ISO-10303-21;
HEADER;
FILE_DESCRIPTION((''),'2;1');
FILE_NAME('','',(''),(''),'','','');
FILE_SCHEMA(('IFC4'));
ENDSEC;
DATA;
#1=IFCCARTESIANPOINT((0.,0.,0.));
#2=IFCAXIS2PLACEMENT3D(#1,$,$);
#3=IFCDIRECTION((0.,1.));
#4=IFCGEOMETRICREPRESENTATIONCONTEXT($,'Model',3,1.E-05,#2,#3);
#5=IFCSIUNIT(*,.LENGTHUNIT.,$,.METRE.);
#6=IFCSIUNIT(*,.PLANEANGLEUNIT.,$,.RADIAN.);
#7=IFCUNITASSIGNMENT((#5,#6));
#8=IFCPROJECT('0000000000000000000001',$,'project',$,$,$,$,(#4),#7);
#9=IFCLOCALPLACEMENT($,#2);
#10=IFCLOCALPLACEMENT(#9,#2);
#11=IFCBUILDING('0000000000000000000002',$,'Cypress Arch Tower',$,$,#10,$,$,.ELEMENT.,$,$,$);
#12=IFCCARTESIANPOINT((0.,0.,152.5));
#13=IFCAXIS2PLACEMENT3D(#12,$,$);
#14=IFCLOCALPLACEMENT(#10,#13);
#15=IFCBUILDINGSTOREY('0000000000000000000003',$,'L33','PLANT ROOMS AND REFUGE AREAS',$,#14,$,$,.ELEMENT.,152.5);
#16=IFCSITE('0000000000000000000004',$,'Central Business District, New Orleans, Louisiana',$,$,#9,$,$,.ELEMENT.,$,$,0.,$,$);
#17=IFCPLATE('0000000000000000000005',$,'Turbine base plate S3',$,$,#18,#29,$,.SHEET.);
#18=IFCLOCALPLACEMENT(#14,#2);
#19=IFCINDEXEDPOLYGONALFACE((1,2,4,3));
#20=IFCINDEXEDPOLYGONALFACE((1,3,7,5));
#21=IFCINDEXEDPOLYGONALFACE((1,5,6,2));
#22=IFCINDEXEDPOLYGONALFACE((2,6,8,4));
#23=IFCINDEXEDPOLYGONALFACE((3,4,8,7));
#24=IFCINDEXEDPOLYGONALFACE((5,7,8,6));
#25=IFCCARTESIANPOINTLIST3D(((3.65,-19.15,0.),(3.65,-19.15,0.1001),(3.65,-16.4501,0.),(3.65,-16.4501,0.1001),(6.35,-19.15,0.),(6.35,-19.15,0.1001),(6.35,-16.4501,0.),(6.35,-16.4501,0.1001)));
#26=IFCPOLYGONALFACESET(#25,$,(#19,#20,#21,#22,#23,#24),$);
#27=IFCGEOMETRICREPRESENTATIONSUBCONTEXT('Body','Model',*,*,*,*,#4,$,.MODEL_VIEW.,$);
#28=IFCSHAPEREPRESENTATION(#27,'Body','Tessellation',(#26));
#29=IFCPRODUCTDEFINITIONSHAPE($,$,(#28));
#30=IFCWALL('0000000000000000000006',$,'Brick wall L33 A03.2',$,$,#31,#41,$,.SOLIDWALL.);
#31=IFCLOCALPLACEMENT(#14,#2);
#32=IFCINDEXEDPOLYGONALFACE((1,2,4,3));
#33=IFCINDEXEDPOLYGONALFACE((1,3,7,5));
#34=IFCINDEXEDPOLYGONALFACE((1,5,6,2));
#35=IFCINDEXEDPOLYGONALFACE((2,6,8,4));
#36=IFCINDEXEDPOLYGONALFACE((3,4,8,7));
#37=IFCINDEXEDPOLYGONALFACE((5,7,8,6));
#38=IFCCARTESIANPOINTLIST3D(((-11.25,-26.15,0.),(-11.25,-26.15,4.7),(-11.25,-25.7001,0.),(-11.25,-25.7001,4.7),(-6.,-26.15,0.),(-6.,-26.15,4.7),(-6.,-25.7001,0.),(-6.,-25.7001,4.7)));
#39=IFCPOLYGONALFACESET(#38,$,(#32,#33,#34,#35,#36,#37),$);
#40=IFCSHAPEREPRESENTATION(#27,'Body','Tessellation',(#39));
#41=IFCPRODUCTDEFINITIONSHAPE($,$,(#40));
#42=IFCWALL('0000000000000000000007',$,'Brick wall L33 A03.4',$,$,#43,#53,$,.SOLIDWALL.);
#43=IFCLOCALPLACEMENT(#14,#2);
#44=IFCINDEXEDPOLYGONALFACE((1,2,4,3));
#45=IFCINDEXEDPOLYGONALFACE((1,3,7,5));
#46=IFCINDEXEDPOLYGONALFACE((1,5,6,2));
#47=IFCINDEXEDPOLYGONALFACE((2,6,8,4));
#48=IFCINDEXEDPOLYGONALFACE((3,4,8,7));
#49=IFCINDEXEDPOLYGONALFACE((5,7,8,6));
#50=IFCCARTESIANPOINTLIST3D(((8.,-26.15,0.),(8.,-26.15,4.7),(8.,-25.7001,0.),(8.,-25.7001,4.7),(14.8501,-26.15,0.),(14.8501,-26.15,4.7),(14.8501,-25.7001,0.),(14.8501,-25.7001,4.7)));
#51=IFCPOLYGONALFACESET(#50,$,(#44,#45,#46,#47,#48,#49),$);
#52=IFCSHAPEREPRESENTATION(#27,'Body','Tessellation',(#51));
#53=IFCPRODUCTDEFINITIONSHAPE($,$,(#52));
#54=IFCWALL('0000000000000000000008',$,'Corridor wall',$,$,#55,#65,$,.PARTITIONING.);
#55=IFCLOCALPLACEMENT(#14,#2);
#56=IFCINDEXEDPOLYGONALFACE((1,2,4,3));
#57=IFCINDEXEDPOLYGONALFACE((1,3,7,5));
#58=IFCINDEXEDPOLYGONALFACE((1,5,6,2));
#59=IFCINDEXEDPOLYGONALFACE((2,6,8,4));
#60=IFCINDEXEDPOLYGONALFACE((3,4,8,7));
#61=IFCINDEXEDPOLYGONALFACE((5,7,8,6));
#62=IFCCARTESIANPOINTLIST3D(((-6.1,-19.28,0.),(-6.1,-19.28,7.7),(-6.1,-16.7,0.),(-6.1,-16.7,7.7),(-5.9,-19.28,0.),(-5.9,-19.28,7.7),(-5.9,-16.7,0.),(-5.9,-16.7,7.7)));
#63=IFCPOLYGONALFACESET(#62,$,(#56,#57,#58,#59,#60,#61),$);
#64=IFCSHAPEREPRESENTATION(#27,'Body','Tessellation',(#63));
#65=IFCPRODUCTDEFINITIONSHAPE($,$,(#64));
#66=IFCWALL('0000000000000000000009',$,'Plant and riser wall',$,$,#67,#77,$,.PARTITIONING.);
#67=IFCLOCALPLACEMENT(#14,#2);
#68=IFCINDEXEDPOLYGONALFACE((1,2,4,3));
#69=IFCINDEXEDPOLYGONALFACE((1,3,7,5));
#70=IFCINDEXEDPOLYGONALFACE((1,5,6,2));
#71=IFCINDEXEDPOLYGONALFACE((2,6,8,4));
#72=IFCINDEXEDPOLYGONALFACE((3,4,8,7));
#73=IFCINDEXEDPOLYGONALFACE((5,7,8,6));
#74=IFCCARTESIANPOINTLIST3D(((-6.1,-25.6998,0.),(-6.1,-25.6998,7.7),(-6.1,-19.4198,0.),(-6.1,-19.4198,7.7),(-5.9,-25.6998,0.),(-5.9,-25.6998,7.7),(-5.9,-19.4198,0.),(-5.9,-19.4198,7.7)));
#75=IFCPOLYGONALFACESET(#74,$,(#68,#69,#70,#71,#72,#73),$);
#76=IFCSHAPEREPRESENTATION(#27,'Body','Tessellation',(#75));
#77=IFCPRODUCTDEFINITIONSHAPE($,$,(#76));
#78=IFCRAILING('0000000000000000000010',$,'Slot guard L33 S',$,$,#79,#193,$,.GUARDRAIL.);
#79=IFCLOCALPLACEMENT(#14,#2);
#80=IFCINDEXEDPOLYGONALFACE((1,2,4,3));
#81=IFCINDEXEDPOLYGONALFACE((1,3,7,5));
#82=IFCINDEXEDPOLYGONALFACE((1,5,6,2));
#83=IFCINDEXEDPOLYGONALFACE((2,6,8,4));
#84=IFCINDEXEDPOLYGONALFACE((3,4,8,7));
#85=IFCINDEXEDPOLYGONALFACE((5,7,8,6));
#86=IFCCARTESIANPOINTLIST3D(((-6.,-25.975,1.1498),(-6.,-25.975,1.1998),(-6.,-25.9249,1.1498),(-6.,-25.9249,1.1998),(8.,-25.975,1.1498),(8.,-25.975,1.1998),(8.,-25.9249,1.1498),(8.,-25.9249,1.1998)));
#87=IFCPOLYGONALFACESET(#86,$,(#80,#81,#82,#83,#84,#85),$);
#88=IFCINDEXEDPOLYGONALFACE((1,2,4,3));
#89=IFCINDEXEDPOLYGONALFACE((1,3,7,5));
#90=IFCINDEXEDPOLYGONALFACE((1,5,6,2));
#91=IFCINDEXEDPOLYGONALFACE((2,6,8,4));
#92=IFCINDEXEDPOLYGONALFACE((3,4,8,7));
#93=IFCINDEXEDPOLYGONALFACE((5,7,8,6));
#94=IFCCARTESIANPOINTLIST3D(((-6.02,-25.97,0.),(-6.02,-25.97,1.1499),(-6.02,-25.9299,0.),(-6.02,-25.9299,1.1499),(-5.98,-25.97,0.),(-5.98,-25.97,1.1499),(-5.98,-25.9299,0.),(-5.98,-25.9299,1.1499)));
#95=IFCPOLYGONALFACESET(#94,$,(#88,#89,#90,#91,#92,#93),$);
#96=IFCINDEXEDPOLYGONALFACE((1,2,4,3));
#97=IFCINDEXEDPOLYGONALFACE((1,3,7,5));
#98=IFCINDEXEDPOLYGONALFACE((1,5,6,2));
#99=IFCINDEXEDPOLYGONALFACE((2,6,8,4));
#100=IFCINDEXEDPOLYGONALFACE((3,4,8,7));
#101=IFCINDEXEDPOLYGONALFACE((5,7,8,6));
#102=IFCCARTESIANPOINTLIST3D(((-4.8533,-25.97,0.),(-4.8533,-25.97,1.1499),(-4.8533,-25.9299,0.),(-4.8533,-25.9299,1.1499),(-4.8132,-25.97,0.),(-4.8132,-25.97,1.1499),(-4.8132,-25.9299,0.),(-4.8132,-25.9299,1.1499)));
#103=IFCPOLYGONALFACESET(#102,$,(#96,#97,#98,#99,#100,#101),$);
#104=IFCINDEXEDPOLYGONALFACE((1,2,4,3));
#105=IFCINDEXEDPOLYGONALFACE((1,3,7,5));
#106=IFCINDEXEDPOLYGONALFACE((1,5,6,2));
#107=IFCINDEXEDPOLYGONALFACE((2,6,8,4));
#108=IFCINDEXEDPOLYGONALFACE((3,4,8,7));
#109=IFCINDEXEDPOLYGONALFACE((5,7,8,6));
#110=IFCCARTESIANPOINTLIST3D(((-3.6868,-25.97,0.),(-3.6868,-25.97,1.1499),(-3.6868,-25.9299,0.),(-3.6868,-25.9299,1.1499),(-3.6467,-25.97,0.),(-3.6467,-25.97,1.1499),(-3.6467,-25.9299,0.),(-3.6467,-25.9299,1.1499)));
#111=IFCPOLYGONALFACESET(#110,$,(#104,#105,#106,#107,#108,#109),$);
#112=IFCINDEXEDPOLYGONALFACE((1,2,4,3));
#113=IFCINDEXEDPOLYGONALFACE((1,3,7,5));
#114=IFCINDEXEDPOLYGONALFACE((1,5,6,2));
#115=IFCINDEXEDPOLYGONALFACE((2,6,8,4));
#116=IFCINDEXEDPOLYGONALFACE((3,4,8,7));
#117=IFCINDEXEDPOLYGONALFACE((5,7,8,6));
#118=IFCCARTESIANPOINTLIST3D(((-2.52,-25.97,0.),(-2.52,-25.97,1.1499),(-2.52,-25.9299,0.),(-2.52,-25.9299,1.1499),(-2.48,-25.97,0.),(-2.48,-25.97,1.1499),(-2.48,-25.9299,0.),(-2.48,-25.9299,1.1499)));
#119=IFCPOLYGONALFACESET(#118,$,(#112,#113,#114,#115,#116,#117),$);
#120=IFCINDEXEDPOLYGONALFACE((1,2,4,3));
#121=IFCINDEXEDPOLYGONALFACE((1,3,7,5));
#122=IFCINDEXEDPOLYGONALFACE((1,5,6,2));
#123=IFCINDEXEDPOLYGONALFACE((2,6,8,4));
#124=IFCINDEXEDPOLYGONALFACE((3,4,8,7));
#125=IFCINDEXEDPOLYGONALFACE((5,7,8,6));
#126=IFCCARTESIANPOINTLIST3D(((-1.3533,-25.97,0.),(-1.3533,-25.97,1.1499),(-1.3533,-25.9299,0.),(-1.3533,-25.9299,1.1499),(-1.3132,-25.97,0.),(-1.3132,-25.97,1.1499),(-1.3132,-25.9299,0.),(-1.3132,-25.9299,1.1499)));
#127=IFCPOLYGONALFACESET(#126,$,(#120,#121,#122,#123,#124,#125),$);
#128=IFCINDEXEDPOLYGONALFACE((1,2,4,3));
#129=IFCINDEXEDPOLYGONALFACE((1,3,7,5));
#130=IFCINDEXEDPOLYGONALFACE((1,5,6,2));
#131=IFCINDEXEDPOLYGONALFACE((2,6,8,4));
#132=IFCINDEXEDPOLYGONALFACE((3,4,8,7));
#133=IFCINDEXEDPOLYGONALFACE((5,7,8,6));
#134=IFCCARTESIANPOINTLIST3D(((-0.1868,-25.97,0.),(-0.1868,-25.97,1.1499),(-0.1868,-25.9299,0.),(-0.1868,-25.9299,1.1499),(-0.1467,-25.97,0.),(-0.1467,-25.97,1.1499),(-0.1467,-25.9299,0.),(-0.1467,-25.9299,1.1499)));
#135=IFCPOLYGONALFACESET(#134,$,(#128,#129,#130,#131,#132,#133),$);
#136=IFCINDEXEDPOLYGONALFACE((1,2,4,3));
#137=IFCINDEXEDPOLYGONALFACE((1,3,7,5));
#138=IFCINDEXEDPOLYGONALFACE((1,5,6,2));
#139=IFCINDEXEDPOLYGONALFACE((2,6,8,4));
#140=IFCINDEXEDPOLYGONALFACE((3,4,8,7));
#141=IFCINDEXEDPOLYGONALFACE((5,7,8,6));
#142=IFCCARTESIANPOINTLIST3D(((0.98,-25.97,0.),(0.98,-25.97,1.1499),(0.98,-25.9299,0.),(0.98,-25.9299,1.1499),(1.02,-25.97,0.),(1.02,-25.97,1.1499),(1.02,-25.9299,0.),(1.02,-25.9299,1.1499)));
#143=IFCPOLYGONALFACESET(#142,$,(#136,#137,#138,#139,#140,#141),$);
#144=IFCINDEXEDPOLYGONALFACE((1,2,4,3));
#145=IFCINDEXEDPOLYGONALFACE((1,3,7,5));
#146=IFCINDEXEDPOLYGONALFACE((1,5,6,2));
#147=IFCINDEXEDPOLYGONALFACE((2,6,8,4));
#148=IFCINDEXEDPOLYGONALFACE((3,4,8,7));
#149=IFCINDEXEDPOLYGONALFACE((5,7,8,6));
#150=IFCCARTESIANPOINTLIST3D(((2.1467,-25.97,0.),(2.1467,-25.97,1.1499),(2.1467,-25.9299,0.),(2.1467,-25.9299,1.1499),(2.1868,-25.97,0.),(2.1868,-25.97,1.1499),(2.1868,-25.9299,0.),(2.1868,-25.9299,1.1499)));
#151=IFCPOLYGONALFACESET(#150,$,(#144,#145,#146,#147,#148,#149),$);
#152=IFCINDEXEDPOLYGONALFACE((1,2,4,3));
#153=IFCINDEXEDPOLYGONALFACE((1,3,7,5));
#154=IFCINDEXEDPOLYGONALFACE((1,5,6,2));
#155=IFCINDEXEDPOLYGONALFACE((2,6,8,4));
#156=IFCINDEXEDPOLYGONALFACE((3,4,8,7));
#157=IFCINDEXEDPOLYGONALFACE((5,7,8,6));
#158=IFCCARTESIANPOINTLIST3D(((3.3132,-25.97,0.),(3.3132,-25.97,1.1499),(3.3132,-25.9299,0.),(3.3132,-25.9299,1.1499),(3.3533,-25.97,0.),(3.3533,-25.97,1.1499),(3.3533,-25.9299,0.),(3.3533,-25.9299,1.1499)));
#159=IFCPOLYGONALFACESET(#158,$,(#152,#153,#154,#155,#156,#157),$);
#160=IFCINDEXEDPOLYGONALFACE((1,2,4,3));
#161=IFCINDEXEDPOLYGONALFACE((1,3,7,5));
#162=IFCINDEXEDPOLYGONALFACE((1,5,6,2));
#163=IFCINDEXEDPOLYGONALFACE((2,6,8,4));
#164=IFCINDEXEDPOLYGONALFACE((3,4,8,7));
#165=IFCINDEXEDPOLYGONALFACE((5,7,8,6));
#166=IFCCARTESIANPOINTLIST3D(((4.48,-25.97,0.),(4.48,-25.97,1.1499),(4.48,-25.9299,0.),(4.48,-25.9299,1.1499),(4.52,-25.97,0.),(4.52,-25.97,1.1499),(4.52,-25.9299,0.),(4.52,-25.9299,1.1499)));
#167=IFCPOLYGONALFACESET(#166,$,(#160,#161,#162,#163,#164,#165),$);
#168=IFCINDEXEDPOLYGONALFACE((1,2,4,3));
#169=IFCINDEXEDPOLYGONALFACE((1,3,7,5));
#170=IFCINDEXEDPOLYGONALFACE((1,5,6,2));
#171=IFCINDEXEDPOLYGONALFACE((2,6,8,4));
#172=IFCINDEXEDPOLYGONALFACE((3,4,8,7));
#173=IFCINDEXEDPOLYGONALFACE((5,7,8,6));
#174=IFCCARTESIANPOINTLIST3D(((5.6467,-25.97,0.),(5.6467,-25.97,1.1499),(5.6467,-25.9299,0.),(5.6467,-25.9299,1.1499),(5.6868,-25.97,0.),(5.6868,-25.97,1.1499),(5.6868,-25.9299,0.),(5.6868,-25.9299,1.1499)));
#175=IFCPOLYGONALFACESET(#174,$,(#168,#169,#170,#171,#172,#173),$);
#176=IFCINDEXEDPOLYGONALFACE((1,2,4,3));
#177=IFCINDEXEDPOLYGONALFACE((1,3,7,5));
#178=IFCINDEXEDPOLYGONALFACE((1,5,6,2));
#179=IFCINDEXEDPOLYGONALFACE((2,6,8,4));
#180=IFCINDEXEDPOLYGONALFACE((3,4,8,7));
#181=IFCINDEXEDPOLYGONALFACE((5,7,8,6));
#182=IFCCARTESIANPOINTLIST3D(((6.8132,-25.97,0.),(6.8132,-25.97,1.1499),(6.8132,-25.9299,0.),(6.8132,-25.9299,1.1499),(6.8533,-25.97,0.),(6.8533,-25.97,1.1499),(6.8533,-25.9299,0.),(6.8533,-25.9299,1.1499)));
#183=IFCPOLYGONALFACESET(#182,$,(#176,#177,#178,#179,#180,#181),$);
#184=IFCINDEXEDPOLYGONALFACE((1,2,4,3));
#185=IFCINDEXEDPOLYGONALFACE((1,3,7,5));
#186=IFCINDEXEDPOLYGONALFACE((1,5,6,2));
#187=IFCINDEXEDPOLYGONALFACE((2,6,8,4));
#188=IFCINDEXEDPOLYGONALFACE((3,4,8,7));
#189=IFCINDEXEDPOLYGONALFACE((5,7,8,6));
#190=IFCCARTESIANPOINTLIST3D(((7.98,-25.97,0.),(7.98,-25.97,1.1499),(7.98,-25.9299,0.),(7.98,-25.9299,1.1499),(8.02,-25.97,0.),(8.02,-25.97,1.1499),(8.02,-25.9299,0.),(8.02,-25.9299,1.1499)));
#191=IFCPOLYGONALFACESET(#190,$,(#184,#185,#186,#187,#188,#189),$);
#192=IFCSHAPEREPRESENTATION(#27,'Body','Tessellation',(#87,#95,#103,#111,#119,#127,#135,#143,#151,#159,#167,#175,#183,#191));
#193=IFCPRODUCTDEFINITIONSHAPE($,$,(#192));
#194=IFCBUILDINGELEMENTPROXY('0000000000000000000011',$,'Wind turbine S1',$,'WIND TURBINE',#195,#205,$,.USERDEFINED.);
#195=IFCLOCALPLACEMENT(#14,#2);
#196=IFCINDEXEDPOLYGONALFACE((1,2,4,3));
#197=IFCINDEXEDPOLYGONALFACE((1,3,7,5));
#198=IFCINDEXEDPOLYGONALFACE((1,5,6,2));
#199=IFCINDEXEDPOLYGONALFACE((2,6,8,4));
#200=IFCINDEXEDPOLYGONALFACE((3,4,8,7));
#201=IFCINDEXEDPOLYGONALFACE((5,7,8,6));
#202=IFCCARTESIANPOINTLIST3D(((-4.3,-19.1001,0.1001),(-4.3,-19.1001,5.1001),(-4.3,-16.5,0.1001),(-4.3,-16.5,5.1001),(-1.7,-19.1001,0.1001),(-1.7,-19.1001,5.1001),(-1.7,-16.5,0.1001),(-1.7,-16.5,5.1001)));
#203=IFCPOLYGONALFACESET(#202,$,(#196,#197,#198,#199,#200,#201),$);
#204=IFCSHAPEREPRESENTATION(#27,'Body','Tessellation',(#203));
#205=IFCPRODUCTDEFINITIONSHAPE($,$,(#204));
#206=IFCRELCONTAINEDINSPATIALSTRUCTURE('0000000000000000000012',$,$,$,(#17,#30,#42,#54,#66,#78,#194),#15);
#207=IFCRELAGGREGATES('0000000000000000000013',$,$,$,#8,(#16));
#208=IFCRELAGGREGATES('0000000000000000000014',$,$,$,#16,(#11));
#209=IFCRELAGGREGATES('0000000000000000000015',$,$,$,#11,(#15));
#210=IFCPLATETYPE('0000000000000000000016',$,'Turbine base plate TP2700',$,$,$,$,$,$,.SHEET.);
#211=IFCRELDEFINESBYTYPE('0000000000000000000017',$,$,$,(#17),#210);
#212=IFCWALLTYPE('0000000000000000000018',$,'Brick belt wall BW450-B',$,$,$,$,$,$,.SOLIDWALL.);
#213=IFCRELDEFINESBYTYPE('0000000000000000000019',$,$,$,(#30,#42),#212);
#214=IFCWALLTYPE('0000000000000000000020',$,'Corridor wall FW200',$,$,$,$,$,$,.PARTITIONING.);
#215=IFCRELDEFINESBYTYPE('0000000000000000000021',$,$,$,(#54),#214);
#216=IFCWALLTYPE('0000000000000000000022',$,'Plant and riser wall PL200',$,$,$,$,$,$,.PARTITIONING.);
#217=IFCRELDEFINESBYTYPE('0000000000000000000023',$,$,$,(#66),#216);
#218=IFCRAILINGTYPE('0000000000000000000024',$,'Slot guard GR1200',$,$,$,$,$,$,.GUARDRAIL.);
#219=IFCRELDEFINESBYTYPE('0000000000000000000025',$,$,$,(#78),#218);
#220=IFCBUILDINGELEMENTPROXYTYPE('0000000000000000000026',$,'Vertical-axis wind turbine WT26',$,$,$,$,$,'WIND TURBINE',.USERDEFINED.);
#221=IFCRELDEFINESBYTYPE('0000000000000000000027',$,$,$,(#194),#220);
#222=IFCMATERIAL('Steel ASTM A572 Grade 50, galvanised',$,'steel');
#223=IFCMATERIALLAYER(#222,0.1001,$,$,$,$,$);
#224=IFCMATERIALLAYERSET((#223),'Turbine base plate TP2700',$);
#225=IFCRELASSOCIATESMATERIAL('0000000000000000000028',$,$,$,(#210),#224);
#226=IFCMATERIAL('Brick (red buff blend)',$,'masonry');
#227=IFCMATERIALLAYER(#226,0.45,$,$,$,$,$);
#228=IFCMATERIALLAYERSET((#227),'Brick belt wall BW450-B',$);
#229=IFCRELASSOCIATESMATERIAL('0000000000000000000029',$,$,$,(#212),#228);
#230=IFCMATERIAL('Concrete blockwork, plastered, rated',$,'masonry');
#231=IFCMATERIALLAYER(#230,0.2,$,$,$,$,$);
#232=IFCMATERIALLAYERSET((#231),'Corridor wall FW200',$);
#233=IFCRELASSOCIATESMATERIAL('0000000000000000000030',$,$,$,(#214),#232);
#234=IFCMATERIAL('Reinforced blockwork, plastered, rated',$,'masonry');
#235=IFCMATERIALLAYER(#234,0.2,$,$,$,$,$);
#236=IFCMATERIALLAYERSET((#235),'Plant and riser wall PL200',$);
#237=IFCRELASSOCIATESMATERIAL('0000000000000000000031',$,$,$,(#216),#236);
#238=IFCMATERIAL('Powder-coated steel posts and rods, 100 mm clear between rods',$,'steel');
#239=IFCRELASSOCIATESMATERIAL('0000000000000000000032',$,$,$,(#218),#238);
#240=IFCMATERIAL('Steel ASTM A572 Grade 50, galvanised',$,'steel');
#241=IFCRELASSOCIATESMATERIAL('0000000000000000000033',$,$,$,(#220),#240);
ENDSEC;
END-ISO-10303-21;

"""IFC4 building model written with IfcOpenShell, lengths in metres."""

from ifc_helpers import new_model, si_unit, direction, frame, frame_2d, origin, origin_2d, place, context, subcontext, project, spatial, rectangle, extrude, material, layer, layer_set, type_object, element, save


model = new_model("IFC4")

# Units and contexts
model_context = context("Model", 3, precision=1e-05, world=origin(), true_north=direction((0.0, 1.0)))
body_context = subcontext(model_context, "Body", "Model", "MODEL_VIEW")
ifc_project = project(units=[si_unit("LENGTHUNIT", "METRE"), si_unit("PLANEANGLEUNIT", "RADIAN")], contexts=[model_context])

# Site, building, storey
site_placement = place(None, origin())
site = spatial("IfcSite", under=ifc_project, at=site_placement, Name="Central Business District, New Orleans, Louisiana", CompositionType="ELEMENT", RefElevation=0.0)
building_placement = place(site_placement, origin())
building = spatial("IfcBuilding", under=site, at=building_placement, Name="Cypress Arch Tower", CompositionType="ELEMENT")
storey_placement = place(building_placement, frame((0.0, 0.0, 152.5)))
storey = spatial("IfcBuildingStorey", under=building, at=storey_placement, Name="L33", Description="PLANT ROOMS AND REFUGE AREAS", CompositionType="ELEMENT", Elevation=152.5)

# Plate
ifc_material_1 = material(Name="Steel ASTM A572 Grade 50, galvanised", Category="steel")
ifc_layer_1 = layer(ifc_material_1, 0.1001)
ifc_layer_set_1 = layer_set([ifc_layer_1], Name="Turbine base plate TP2700")
plate_type = type_object("IfcPlateType", Name="Turbine base plate TP2700", PredefinedType="SHEET", material=ifc_layer_set_1)
for number, where, z_axis, x_axis, name in (
    (1, (5.0, -17.8, 0.0), (0.0, 0.0, 1.0), (1.0, 0.0, 0.0), "Turbine base plate S3"),
):
    element("IfcPlate", number, at=place(storey_placement, frame(where, z_axis=z_axis, x_axis=x_axis)), inside=storey, type_object=plate_type, Name=name, PredefinedType="SHEET", context=body_context, shape_type="SweptSolid", body=[
        extrude(rectangle(XDim=2.7, YDim=2.7, at=origin_2d()), origin(), (0.0, 0.0, 1.0), 0.1001),
    ])

# Walls
ifc_material_2 = material(Name="Brick (red buff blend)", Category="masonry")
ifc_layer_2 = layer(ifc_material_2, 0.45)
ifc_layer_set_2 = layer_set([ifc_layer_2], Name="Brick belt wall BW450-B")
wall_type_1 = type_object("IfcWallType", Name="Brick belt wall BW450-B", PredefinedType="SOLIDWALL", material=ifc_layer_set_2)
wall_1_placement = place(storey_placement, frame((-11.25, -25.925, 0.0), z_axis=(0.0, 0.0, 1.0), x_axis=(1.0, 0.0, 0.0)))
element("IfcWall", 2, at=wall_1_placement, inside=storey, type_object=wall_type_1, Name="Brick wall L33 A03.2", PredefinedType="SOLIDWALL", context=body_context, shape_type="SweptSolid", body=[
    extrude(rectangle(XDim=5.25, YDim=0.45, at=frame_2d((2.625, 0.0))), origin(), (0.0, 0.0, 1.0), 4.7),
])
wall_2_placement = place(storey_placement, frame((8.0, -25.925, 0.0), z_axis=(0.0, 0.0, 1.0), x_axis=(1.0, 0.0, 0.0)))
element("IfcWall", 3, at=wall_2_placement, inside=storey, type_object=wall_type_1, Name="Brick wall L33 A03.4", PredefinedType="SOLIDWALL", context=body_context, shape_type="SweptSolid", body=[
    extrude(rectangle(XDim=6.8501, YDim=0.45, at=frame_2d((3.425, 0.0))), origin(), (0.0, 0.0, 1.0), 4.7),
])
ifc_material_3 = material(Name="Concrete blockwork, plastered, rated", Category="masonry")
ifc_layer_3 = layer(ifc_material_3, 0.2)
ifc_layer_set_3 = layer_set([ifc_layer_3], Name="Corridor wall FW200")
wall_type_2 = type_object("IfcWallType", Name="Corridor wall FW200", PredefinedType="PARTITIONING", material=ifc_layer_set_3)
wall_3_placement = place(storey_placement, frame((-6.0, -19.28, 0.0), z_axis=(0.0, 0.0, 1.0), x_axis=(0.0, 1.0, 0.0)))
element("IfcWall", 4, at=wall_3_placement, inside=storey, type_object=wall_type_2, Name="Corridor wall", PredefinedType="PARTITIONING", context=body_context, shape_type="SweptSolid", body=[
    extrude(rectangle(XDim=2.5801, YDim=0.2, at=frame_2d((1.29, 0.0))), origin(), (0.0, 0.0, 1.0), 7.7),
])
ifc_material_4 = material(Name="Reinforced blockwork, plastered, rated", Category="masonry")
ifc_layer_4 = layer(ifc_material_4, 0.2)
ifc_layer_set_4 = layer_set([ifc_layer_4], Name="Plant and riser wall PL200")
wall_type_3 = type_object("IfcWallType", Name="Plant and riser wall PL200", PredefinedType="PARTITIONING", material=ifc_layer_set_4)
wall_4_placement = place(storey_placement, frame((-6.0, -25.7, 0.0), z_axis=(0.0, 0.0, 1.0), x_axis=(0.0, 1.0, 0.0)))
element("IfcWall", 5, at=wall_4_placement, inside=storey, type_object=wall_type_3, Name="Plant and riser wall", PredefinedType="PARTITIONING", context=body_context, shape_type="SweptSolid", body=[
    extrude(rectangle(XDim=6.28, YDim=0.2, at=frame_2d((3.1401, 0.0))), origin(), (0.0, 0.0, 1.0), 7.7),
])

# Railing
ifc_material_5 = material(Name="Powder-coated steel posts and rods, 100 mm clear between rods", Category="steel")
railing_type = type_object("IfcRailingType", Name="Slot guard GR1200", PredefinedType="GUARDRAIL", material=ifc_material_5)
railing_placement = place(storey_placement, frame((-6.0, -25.95, 0.0)))
element("IfcRailing", 6, at=railing_placement, inside=storey, type_object=railing_type, Name="Slot guard L33 S", PredefinedType="GUARDRAIL", context=body_context, shape_type="SweptSolid", body=[
    extrude(rectangle(XDim=0.05, YDim=0.05, at=origin_2d()), frame((0.0, 0.0, 1.1748), z_axis=(1.0, 0.0, 0.0), x_axis=(0.0, 1.0, 0.0)), (0.0, 0.0, 1.0), 14.0),
    extrude(rectangle(XDim=0.04, YDim=0.04, at=origin_2d()), origin(), (0.0, 0.0, 1.0), 1.1499),
    extrude(rectangle(XDim=0.04, YDim=0.04, at=origin_2d()), frame((1.1667, 0.0, 0.0)), (0.0, 0.0, 1.0), 1.1499),
    extrude(rectangle(XDim=0.04, YDim=0.04, at=origin_2d()), frame((2.3333, 0.0, 0.0)), (0.0, 0.0, 1.0), 1.1499),
    extrude(rectangle(XDim=0.04, YDim=0.04, at=origin_2d()), frame((3.5, 0.0, 0.0)), (0.0, 0.0, 1.0), 1.1499),
    extrude(rectangle(XDim=0.04, YDim=0.04, at=origin_2d()), frame((4.6667, 0.0, 0.0)), (0.0, 0.0, 1.0), 1.1499),
    extrude(rectangle(XDim=0.04, YDim=0.04, at=origin_2d()), frame((5.8333, 0.0, 0.0)), (0.0, 0.0, 1.0), 1.1499),
    extrude(rectangle(XDim=0.04, YDim=0.04, at=origin_2d()), frame((7.0, 0.0, 0.0)), (0.0, 0.0, 1.0), 1.1499),
    extrude(rectangle(XDim=0.04, YDim=0.04, at=origin_2d()), frame((8.1667, 0.0, 0.0)), (0.0, 0.0, 1.0), 1.1499),
    extrude(rectangle(XDim=0.04, YDim=0.04, at=origin_2d()), frame((9.3333, 0.0, 0.0)), (0.0, 0.0, 1.0), 1.1499),
    extrude(rectangle(XDim=0.04, YDim=0.04, at=origin_2d()), frame((10.5, 0.0, 0.0)), (0.0, 0.0, 1.0), 1.1499),
    extrude(rectangle(XDim=0.04, YDim=0.04, at=origin_2d()), frame((11.6667, 0.0, 0.0)), (0.0, 0.0, 1.0), 1.1499),
    extrude(rectangle(XDim=0.04, YDim=0.04, at=origin_2d()), frame((12.8333, 0.0, 0.0)), (0.0, 0.0, 1.0), 1.1499),
    extrude(rectangle(XDim=0.04, YDim=0.04, at=origin_2d()), frame((14.0, 0.0, 0.0)), (0.0, 0.0, 1.0), 1.1499),
])

# Building element proxy
ifc_material_6 = material(Name="Steel ASTM A572 Grade 50, galvanised", Category="steel")
building_element_proxy_type = type_object("IfcBuildingElementProxyType", Name="Vertical-axis wind turbine WT26", ElementType="WIND TURBINE", PredefinedType="USERDEFINED", material=ifc_material_6)
for number, where, z_axis, x_axis, name in (
    (7, (-3.0, -17.8, 0.1001), (0.0, 0.0, 1.0), (1.0, 0.0, 0.0), "Wind turbine S1"),
):
    element("IfcBuildingElementProxy", number, at=place(storey_placement, frame(where, z_axis=z_axis, x_axis=x_axis)), inside=storey, type_object=building_element_proxy_type, Name=name, ObjectType="WIND TURBINE", PredefinedType="USERDEFINED", context=body_context, shape_type="SweptSolid", body=[
        extrude(rectangle(XDim=2.6001, YDim=2.6001, at=origin_2d()), origin(), (0.0, 0.0, 1.0), 5.0),
    ])

save(model, "model.ifc")
